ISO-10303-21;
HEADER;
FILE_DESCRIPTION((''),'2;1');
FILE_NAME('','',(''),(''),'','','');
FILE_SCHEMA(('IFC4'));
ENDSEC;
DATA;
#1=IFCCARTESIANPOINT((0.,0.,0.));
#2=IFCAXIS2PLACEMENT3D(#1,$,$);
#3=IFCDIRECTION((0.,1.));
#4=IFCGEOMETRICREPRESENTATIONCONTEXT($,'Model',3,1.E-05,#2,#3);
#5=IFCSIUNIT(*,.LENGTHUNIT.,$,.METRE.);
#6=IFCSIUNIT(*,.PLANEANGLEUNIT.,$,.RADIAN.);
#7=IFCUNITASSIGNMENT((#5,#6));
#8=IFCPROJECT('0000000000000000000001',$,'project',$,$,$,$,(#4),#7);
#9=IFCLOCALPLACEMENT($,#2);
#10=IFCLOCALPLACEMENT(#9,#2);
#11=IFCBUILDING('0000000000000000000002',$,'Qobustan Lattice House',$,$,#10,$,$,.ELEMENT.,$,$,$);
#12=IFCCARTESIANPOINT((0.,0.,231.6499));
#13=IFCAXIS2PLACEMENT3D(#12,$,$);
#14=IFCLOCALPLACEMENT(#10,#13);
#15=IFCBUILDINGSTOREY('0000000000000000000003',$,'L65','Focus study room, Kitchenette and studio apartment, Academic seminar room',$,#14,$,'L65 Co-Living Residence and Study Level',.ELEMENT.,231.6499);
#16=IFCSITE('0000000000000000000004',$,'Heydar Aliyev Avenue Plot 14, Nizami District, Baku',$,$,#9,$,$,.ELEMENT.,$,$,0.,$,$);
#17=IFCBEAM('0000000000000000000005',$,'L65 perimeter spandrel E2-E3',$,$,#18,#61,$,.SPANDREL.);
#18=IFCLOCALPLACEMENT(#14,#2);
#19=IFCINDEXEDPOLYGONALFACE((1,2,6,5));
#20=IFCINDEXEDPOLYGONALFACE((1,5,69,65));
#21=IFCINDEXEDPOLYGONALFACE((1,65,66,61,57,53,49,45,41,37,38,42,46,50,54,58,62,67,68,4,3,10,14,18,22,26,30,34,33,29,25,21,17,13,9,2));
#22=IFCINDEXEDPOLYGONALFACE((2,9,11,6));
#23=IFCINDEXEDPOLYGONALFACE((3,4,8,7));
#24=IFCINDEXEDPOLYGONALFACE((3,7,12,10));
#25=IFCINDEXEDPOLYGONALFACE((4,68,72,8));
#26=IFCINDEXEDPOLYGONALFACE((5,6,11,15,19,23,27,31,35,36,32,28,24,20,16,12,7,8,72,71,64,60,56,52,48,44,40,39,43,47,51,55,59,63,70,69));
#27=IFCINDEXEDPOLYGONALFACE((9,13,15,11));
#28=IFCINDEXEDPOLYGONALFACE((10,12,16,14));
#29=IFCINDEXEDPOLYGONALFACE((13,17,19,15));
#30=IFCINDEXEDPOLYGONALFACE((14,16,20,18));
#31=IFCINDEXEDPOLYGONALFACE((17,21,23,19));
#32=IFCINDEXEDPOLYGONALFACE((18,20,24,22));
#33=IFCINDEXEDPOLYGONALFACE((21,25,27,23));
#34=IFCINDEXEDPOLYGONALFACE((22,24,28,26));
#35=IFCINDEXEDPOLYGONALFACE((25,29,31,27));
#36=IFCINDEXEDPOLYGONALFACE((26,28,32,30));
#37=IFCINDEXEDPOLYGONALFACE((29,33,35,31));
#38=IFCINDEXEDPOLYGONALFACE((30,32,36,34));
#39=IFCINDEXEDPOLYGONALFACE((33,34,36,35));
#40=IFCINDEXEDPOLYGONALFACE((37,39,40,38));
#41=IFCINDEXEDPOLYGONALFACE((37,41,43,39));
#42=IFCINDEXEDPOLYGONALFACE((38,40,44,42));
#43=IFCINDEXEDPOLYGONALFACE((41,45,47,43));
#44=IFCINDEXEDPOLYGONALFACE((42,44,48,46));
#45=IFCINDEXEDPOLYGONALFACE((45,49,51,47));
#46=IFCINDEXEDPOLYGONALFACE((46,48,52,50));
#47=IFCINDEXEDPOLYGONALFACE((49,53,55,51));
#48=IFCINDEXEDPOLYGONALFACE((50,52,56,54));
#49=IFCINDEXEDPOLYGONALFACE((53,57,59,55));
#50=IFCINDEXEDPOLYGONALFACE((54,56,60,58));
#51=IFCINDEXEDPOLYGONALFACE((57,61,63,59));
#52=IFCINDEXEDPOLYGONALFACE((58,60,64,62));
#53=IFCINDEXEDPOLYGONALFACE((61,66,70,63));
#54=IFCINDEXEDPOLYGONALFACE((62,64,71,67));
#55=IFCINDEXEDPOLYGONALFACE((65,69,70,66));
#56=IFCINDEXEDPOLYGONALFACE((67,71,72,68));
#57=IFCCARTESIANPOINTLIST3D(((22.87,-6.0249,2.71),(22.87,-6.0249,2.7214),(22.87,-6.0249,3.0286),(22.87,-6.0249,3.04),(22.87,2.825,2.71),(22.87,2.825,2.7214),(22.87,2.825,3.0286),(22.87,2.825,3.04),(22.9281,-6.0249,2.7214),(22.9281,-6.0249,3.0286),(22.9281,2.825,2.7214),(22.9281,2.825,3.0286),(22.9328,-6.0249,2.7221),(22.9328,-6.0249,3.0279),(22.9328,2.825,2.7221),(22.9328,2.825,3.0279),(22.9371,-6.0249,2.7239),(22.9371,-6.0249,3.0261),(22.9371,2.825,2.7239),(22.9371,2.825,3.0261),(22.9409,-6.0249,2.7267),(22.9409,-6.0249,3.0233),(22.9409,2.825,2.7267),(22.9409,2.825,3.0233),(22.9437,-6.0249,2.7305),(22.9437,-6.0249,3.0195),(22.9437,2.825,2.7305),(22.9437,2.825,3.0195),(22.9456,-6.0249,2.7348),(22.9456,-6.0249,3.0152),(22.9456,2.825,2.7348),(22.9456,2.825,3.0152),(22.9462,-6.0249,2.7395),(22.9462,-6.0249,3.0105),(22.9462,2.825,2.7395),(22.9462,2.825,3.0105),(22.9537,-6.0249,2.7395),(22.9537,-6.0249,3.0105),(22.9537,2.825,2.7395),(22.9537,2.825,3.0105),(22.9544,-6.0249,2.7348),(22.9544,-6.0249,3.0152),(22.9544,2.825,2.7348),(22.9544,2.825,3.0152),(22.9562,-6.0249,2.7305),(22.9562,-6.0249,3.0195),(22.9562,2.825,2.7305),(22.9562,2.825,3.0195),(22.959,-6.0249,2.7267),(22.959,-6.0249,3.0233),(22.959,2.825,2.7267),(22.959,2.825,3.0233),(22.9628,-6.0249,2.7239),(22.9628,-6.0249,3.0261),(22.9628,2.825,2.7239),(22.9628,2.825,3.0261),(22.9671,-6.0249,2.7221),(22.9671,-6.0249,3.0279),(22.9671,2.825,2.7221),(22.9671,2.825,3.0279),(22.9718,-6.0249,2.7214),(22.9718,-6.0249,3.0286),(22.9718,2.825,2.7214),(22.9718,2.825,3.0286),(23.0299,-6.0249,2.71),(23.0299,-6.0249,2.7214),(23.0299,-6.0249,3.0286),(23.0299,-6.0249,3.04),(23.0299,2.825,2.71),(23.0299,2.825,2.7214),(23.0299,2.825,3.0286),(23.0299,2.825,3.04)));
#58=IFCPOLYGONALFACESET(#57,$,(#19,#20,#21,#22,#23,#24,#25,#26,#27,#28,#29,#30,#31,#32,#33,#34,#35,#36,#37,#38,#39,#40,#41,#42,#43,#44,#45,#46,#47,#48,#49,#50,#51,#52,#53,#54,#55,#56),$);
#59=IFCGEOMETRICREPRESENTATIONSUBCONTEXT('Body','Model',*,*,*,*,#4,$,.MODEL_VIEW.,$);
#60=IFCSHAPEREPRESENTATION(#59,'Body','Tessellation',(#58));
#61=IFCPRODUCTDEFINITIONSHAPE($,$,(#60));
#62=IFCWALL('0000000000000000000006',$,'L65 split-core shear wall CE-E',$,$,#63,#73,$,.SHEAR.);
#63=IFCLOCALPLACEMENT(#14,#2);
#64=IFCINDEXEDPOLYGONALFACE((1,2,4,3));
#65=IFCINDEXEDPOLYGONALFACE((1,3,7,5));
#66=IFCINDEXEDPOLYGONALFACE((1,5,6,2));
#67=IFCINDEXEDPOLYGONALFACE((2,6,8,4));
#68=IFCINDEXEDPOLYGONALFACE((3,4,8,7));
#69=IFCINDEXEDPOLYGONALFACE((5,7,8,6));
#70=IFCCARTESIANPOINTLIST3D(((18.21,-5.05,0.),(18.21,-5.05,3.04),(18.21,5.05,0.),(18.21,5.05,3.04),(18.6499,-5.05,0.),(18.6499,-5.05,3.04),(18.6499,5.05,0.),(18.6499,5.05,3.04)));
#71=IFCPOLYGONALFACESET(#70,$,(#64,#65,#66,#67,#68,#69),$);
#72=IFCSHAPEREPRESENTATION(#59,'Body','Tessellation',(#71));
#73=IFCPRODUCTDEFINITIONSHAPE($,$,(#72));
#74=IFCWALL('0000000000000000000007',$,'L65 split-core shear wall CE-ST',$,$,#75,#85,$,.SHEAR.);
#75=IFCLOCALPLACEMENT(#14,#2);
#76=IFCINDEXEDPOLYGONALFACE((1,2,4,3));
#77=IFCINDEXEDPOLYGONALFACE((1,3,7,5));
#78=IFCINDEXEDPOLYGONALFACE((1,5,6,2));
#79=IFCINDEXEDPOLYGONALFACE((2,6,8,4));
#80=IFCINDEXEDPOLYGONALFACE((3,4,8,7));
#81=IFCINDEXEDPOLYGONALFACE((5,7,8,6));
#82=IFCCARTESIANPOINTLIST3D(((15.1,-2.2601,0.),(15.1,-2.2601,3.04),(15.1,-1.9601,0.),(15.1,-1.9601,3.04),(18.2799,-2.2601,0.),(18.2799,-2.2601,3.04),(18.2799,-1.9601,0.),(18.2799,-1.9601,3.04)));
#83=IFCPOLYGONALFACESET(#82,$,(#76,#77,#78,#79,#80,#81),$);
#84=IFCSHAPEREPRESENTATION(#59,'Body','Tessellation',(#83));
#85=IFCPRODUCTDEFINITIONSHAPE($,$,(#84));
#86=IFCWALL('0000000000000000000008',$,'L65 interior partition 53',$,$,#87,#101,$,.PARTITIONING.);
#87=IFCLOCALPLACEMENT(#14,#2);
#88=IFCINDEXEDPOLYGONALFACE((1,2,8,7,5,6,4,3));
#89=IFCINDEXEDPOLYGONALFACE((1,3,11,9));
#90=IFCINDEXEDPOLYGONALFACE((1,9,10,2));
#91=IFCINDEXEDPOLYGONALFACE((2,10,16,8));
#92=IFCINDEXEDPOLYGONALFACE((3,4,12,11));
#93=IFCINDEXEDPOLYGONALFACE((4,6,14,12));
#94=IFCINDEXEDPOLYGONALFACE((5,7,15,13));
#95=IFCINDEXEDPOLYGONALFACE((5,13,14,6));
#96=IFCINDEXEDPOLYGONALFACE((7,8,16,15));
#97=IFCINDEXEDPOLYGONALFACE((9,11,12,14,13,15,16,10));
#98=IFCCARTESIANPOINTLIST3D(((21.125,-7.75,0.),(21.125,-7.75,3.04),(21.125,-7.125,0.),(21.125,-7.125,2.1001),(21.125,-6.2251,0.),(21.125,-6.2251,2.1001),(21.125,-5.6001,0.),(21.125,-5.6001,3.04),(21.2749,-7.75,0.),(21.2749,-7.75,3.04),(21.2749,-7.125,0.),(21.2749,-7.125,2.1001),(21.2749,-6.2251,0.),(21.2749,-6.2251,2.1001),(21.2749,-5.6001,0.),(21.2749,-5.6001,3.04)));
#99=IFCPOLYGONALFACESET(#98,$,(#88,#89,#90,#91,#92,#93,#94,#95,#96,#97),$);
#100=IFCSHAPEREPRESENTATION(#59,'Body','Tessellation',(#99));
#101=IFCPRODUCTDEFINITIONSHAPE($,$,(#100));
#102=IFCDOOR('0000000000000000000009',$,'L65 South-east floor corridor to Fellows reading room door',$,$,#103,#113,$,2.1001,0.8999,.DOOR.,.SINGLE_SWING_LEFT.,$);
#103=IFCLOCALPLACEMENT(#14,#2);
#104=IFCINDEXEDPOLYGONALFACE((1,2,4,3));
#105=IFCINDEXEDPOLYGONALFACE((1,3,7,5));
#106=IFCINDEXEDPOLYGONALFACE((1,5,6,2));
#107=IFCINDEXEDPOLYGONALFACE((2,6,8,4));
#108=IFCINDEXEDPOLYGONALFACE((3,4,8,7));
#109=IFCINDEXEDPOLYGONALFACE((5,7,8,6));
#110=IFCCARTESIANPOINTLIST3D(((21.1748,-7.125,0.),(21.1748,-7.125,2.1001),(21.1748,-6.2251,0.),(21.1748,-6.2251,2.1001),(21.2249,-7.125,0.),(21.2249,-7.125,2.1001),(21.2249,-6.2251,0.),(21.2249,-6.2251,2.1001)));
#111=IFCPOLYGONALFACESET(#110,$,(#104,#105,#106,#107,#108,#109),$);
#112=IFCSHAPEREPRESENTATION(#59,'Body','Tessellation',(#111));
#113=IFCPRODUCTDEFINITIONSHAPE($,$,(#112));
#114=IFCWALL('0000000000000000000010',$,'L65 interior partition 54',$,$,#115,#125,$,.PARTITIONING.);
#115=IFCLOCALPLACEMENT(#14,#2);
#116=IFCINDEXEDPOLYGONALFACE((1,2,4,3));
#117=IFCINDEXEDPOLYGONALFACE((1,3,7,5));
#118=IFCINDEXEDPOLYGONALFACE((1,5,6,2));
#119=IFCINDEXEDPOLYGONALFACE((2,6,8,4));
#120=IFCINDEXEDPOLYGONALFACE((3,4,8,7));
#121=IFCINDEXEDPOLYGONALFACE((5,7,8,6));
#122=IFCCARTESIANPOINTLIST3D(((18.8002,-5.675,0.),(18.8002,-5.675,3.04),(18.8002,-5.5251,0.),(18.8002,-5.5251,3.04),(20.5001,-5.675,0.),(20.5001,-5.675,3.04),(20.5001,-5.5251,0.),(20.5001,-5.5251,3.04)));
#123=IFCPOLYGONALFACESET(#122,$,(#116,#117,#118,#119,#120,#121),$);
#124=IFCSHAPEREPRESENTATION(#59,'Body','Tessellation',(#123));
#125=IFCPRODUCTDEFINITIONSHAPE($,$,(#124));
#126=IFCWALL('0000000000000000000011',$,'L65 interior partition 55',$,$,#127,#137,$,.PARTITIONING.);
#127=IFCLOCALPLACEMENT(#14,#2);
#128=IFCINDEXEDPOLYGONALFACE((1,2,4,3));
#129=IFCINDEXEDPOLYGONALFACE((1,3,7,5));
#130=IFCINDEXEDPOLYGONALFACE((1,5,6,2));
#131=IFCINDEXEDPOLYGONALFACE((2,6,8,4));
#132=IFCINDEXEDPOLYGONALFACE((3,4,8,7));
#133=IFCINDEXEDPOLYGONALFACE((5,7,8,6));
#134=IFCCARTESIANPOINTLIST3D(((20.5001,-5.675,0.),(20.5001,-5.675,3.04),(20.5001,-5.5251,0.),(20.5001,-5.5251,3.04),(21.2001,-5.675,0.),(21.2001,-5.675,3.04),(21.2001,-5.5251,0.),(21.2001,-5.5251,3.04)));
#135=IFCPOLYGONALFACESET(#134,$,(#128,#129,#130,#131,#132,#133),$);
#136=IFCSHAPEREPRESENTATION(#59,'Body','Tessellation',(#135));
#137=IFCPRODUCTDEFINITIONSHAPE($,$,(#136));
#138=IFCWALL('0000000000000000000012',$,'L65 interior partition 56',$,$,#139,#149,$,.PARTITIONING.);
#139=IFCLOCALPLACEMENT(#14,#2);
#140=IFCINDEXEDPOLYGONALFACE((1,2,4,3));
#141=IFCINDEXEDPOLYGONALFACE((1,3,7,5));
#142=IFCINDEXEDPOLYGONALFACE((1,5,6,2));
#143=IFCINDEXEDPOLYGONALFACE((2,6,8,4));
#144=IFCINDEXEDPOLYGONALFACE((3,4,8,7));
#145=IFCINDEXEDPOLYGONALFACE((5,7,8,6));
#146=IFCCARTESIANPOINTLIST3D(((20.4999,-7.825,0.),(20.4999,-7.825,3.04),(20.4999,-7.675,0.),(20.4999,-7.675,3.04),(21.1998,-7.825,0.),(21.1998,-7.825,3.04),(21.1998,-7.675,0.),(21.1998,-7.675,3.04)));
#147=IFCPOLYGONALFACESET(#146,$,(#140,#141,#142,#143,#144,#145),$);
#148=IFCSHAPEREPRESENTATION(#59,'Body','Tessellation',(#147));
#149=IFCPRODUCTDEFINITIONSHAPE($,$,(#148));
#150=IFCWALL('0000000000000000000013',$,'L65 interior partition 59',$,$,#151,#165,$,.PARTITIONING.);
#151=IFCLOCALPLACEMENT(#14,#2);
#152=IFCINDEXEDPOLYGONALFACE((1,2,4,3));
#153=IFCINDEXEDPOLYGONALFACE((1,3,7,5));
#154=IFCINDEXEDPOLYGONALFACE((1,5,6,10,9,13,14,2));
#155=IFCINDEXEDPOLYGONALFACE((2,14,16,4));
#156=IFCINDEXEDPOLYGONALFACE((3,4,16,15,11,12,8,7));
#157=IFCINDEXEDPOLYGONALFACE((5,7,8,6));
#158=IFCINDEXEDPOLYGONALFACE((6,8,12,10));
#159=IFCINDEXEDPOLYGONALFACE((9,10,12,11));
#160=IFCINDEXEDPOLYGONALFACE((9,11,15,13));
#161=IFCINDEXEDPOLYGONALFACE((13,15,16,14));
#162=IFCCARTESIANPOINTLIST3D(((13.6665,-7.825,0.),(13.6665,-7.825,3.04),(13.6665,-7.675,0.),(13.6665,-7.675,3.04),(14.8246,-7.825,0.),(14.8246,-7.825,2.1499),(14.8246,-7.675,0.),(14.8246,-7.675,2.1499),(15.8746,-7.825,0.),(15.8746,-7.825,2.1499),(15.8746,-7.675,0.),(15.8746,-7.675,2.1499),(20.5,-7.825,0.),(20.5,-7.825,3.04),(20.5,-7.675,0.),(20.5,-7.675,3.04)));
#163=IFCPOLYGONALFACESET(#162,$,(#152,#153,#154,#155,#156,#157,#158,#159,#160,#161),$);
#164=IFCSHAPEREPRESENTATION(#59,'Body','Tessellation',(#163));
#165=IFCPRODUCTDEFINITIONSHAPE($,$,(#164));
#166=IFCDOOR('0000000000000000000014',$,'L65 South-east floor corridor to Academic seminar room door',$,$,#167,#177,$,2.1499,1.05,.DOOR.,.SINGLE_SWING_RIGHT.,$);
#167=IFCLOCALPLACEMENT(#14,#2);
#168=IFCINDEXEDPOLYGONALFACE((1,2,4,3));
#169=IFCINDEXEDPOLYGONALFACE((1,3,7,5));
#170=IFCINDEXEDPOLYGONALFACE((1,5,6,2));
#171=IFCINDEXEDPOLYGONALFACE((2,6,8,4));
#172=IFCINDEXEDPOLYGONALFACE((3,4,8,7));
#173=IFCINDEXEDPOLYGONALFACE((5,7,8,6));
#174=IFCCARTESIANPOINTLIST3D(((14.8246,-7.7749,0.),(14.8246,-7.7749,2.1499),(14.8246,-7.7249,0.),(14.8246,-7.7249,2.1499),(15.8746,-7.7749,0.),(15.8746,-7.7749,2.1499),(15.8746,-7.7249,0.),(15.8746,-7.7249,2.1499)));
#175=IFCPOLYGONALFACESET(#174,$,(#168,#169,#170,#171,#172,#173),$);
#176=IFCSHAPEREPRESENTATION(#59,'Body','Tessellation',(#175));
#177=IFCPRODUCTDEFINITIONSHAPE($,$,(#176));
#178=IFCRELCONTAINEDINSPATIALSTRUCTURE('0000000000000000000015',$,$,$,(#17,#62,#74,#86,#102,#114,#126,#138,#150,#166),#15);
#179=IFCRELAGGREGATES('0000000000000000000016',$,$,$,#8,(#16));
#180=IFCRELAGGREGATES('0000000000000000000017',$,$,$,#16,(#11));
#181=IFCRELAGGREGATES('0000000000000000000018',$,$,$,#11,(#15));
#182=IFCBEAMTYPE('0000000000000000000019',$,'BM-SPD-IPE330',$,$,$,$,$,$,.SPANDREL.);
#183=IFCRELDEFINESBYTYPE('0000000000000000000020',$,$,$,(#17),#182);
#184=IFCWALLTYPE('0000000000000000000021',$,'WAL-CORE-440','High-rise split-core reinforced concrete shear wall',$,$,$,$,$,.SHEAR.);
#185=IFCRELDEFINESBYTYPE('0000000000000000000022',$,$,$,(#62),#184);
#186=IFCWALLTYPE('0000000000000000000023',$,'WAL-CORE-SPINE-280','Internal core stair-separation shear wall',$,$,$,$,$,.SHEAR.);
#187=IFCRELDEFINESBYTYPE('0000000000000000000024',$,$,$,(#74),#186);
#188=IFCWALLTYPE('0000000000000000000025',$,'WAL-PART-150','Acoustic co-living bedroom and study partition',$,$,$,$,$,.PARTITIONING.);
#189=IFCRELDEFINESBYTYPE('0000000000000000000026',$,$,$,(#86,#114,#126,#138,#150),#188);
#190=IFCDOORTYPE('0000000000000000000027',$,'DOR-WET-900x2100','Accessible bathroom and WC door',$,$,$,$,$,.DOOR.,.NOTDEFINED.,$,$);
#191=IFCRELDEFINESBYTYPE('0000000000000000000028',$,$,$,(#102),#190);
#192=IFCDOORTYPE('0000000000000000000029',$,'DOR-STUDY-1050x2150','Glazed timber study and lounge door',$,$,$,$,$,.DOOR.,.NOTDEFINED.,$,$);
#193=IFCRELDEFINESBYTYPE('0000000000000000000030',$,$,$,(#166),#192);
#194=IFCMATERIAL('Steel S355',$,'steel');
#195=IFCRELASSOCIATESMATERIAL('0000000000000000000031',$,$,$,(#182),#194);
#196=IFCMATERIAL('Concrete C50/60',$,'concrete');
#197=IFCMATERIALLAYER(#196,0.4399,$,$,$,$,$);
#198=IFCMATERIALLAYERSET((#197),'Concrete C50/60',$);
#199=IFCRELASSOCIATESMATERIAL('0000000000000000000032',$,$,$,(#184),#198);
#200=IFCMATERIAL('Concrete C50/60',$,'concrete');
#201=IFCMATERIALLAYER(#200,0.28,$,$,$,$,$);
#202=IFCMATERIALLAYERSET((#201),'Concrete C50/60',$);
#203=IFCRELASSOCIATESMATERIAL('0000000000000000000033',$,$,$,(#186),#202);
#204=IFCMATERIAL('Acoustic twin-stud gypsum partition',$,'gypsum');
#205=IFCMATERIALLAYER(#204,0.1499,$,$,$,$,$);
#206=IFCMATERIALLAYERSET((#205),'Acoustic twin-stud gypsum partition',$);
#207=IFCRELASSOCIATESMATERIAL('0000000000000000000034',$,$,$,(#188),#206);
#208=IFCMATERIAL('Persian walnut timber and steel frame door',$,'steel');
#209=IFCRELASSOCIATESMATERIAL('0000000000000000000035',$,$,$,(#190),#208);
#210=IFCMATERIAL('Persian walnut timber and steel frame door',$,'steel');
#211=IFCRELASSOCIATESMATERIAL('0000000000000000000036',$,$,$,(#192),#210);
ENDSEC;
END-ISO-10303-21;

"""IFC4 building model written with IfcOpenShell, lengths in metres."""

from ifc_helpers import new_model, si_unit, direction, frame, frame_2d, origin, origin_2d, place, context, subcontext, project, spatial, rectangle, i_section, extrude, material, layer, layer_set, material_profile, profile_set, type_object, element, fill, save


model = new_model("IFC4")

# Units and contexts
model_context = context("Model", 3, precision=1e-05, world=origin(), true_north=direction((0.0, 1.0)))
body_context = subcontext(model_context, "Body", "Model", "MODEL_VIEW")
ifc_project = project(units=[si_unit("LENGTHUNIT", "METRE"), si_unit("PLANEANGLEUNIT", "RADIAN")], contexts=[model_context])

# Site, building, storey
site_placement = place(None, origin())
site = spatial("IfcSite", under=ifc_project, at=site_placement, Name="Heydar Aliyev Avenue Plot 14, Nizami District, Baku", CompositionType="ELEMENT", RefElevation=0.0)
building_placement = place(site_placement, origin())
building = spatial("IfcBuilding", under=site, at=building_placement, Name="Qobustan Lattice House", CompositionType="ELEMENT")
storey_placement = place(building_placement, frame((0.0, 0.0, 231.6499)))
storey = spatial("IfcBuildingStorey", under=building, at=storey_placement, Name="L65", Description="Focus study room, Kitchenette and studio apartment, Academic seminar room", LongName="L65 Co-Living Residence and Study Level", CompositionType="ELEMENT", Elevation=231.6499)

# Beam
ifc_material_1 = material(Name="Steel S355", Category="steel")
ifc_material_profile_1 = material_profile(ifc_material_1, i_section(OverallWidth=0.1599, OverallDepth=0.3301, WebThickness=0.0076, FlangeThickness=0.0115, FilletRadius=0.0181, at=origin_2d()), Name="IPE330")
ifc_profile_set_1 = profile_set([ifc_material_profile_1], Name="Steel S355")
beam_type_1 = type_object("IfcBeamType", Name="BM-SPD-IPE330", PredefinedType="SPANDREL", material=ifc_profile_set_1)
beam_1_placement = place(storey_placement, frame((22.95, -6.0249, 2.875), z_axis=(0.0, 1.0, 0.0), x_axis=(-1.0, 0.0, 0.0)))
element("IfcBeam", 1, at=beam_1_placement, inside=storey, type_object=beam_type_1, Name="L65 perimeter spandrel E2-E3", PredefinedType="SPANDREL", context=body_context, shape_type="SweptSolid", body=[
    extrude(i_section(OverallWidth=0.1599, OverallDepth=0.3301, WebThickness=0.0076, FlangeThickness=0.0115, FilletRadius=0.0181, at=origin_2d()), origin(), (0.0, 0.0, 1.0), 8.8499),
])

# Walls
ifc_material_2 = material(Name="Concrete C50/60", Category="concrete")
ifc_layer_1 = layer(ifc_material_2, 0.4399)
ifc_layer_set_1 = layer_set([ifc_layer_1], Name="Concrete C50/60")
wall_type_1 = type_object("IfcWallType", Name="WAL-CORE-440", Description="High-rise split-core reinforced concrete shear wall", PredefinedType="SHEAR", material=ifc_layer_set_1)
wall_1_placement = place(storey_placement, frame((18.4299, -5.05, 0.0), z_axis=(0.0, 0.0, 1.0), x_axis=(0.0, 1.0, 0.0)))
element("IfcWall", 2, at=wall_1_placement, inside=storey, type_object=wall_type_1, Name="L65 split-core shear wall CE-E", PredefinedType="SHEAR", context=body_context, shape_type="SweptSolid", body=[
    extrude(rectangle(XDim=10.1001, YDim=0.4399, at=frame_2d((5.05, 0.0))), origin(), (0.0, 0.0, 1.0), 3.04),
])
ifc_material_3 = material(Name="Concrete C50/60", Category="concrete")
ifc_layer_2 = layer(ifc_material_3, 0.28)
ifc_layer_set_2 = layer_set([ifc_layer_2], Name="Concrete C50/60")
wall_type_2 = type_object("IfcWallType", Name="WAL-CORE-SPINE-280", Description="Internal core stair-separation shear wall", PredefinedType="SHEAR", material=ifc_layer_set_2)
wall_2_placement = place(storey_placement, frame((15.1001, -2.1101, 0.0), z_axis=(0.0, 0.0, 1.0), x_axis=(1.0, 0.0, 0.0)))
element("IfcWall", 3, at=wall_2_placement, inside=storey, type_object=wall_type_2, Name="L65 split-core shear wall CE-ST", PredefinedType="SHEAR", context=body_context, shape_type="SweptSolid", body=[
    extrude(rectangle(XDim=3.1799, YDim=0.3, at=frame_2d((1.5898, 0.0))), origin(), (0.0, 0.0, 1.0), 3.04),
])

# Wall, opening, door
ifc_material_4 = material(Name="Acoustic twin-stud gypsum partition", Category="gypsum")
ifc_layer_3 = layer(ifc_material_4, 0.1499)
ifc_layer_set_3 = layer_set([ifc_layer_3], Name="Acoustic twin-stud gypsum partition")
wall_type_3 = type_object("IfcWallType", Name="WAL-PART-150", Description="Acoustic co-living bedroom and study partition", PredefinedType="PARTITIONING", material=ifc_layer_set_3)
wall_3_placement = place(storey_placement, frame((21.2, -5.6001, 0.0), z_axis=(0.0, 0.0, 1.0), x_axis=(0.0, -1.0, 0.0)))
wall_3 = element("IfcWall", 4, at=wall_3_placement, inside=storey, type_object=wall_type_3, Name="L65 interior partition 53", PredefinedType="PARTITIONING", context=body_context, shape_type="SweptSolid", body=[
    extrude(rectangle(XDim=2.1499, YDim=0.1499, at=frame_2d((1.075, 0.0))), origin(), (0.0, 0.0, 1.0), 3.04),
])
opening_1_placement = place(wall_3_placement, frame((0.625, 0.0, 0.0)))
opening_1 = element("IfcOpeningElement", 5, at=opening_1_placement, cuts=wall_3, PredefinedType="OPENING", context=body_context, shape_type="SweptSolid", body=[
    extrude(rectangle(XDim=0.8999, YDim=2.1001, at=frame_2d((0.45, 1.05))), frame((0.0, 0.085, 0.0), z_axis=(0.0, -1.0, 0.0), x_axis=(1.0, 0.0, 0.0)), (0.0, 0.0, 1.0), 0.1699),
])
ifc_material_5 = material(Name="Persian walnut timber and steel frame door", Category="steel")
door_type_1 = type_object("IfcDoorType", Name="DOR-WET-900x2100", Description="Accessible bathroom and WC door", OperationType="NOTDEFINED", PredefinedType="DOOR", material=ifc_material_5)
door_1_placement = place(opening_1_placement, origin())
door_1 = element("IfcDoor", 6, at=door_1_placement, inside=storey, type_object=door_type_1, Name="L65 South-east floor corridor to Fellows reading room door", OperationType="SINGLE_SWING_LEFT", OverallHeight=2.1001, OverallWidth=0.8999, PredefinedType="DOOR", context=body_context, shape_type="SweptSolid", body=[
    extrude(rectangle(XDim=0.8999, YDim=2.1001, at=frame_2d((0.45, 1.05))), frame((0.0, 0.0249, 0.0), z_axis=(0.0, -1.0, 0.0), x_axis=(1.0, 0.0, 0.0)), (0.0, 0.0, 1.0), 0.05),
])
fill(opening_1, door_1)

# Walls
wall_4_placement = place(storey_placement, frame((18.8, -5.6001, 0.0), z_axis=(0.0, 0.0, 1.0), x_axis=(1.0, 0.0, 0.0)))
element("IfcWall", 7, at=wall_4_placement, inside=storey, type_object=wall_type_3, Name="L65 interior partition 54", PredefinedType="PARTITIONING", context=body_context, shape_type="SweptSolid", body=[
    extrude(rectangle(XDim=1.7, YDim=0.1499, at=frame_2d((0.8501, 0.0))), origin(), (0.0, 0.0, 1.0), 3.04),
])
for number, where, z_axis, x_axis, name in (
    (8, (20.5, -5.6001, 0.0), (0.0, 0.0, 1.0), (1.0, 0.0, 0.0), "L65 interior partition 55"),
    (9, (21.2, -7.75, 0.0), (0.0, 0.0, 1.0), (-1.0, 0.0, 0.0), "L65 interior partition 56"),
):
    element("IfcWall", number, at=place(storey_placement, frame(where, z_axis=z_axis, x_axis=x_axis)), inside=storey, type_object=wall_type_3, Name=name, PredefinedType="PARTITIONING", context=body_context, shape_type="SweptSolid", body=[
        extrude(rectangle(XDim=0.7, YDim=0.1499, at=frame_2d((0.3501, 0.0))), origin(), (0.0, 0.0, 1.0), 3.04),
    ])

# Wall, opening, door
wall_5_placement = place(storey_placement, frame((20.5, -7.75, 0.0), z_axis=(0.0, 0.0, 1.0), x_axis=(-1.0, 0.0, 0.0)))
wall_5 = element("IfcWall", 10, at=wall_5_placement, inside=storey, type_object=wall_type_3, Name="L65 interior partition 59", PredefinedType="PARTITIONING", context=body_context, shape_type="SweptSolid", body=[
    extrude(rectangle(XDim=6.8335, YDim=0.1499, at=frame_2d((3.4167, 0.0))), origin(), (0.0, 0.0, 1.0), 3.04),
])
opening_2_placement = place(wall_5_placement, frame((4.6255, 0.0, 0.0)))
opening_2 = element("IfcOpeningElement", 11, at=opening_2_placement, cuts=wall_5, PredefinedType="OPENING", context=body_context, shape_type="SweptSolid", body=[
    extrude(rectangle(XDim=1.05, YDim=2.1499, at=frame_2d((0.5249, 1.075))), frame((0.0, 0.085, 0.0), z_axis=(0.0, -1.0, 0.0), x_axis=(1.0, 0.0, 0.0)), (0.0, 0.0, 1.0), 0.1699),
])
ifc_material_6 = material(Name="Persian walnut timber and steel frame door", Category="steel")
door_type_2 = type_object("IfcDoorType", Name="DOR-STUDY-1050x2150", Description="Glazed timber study and lounge door", OperationType="NOTDEFINED", PredefinedType="DOOR", material=ifc_material_6)
door_2_placement = place(opening_2_placement, origin())
door_2 = element("IfcDoor", 12, at=door_2_placement, inside=storey, type_object=door_type_2, Name="L65 South-east floor corridor to Academic seminar room door", OperationType="SINGLE_SWING_RIGHT", OverallHeight=2.1499, OverallWidth=1.05, PredefinedType="DOOR", context=body_context, shape_type="SweptSolid", body=[
    extrude(rectangle(XDim=1.05, YDim=2.1499, at=frame_2d((0.5249, 1.075))), frame((0.0, 0.0249, 0.0), z_axis=(0.0, -1.0, 0.0), x_axis=(1.0, 0.0, 0.0)), (0.0, 0.0, 1.0), 0.05),
])
fill(opening_2, door_2)

save(model, "model.ifc")
